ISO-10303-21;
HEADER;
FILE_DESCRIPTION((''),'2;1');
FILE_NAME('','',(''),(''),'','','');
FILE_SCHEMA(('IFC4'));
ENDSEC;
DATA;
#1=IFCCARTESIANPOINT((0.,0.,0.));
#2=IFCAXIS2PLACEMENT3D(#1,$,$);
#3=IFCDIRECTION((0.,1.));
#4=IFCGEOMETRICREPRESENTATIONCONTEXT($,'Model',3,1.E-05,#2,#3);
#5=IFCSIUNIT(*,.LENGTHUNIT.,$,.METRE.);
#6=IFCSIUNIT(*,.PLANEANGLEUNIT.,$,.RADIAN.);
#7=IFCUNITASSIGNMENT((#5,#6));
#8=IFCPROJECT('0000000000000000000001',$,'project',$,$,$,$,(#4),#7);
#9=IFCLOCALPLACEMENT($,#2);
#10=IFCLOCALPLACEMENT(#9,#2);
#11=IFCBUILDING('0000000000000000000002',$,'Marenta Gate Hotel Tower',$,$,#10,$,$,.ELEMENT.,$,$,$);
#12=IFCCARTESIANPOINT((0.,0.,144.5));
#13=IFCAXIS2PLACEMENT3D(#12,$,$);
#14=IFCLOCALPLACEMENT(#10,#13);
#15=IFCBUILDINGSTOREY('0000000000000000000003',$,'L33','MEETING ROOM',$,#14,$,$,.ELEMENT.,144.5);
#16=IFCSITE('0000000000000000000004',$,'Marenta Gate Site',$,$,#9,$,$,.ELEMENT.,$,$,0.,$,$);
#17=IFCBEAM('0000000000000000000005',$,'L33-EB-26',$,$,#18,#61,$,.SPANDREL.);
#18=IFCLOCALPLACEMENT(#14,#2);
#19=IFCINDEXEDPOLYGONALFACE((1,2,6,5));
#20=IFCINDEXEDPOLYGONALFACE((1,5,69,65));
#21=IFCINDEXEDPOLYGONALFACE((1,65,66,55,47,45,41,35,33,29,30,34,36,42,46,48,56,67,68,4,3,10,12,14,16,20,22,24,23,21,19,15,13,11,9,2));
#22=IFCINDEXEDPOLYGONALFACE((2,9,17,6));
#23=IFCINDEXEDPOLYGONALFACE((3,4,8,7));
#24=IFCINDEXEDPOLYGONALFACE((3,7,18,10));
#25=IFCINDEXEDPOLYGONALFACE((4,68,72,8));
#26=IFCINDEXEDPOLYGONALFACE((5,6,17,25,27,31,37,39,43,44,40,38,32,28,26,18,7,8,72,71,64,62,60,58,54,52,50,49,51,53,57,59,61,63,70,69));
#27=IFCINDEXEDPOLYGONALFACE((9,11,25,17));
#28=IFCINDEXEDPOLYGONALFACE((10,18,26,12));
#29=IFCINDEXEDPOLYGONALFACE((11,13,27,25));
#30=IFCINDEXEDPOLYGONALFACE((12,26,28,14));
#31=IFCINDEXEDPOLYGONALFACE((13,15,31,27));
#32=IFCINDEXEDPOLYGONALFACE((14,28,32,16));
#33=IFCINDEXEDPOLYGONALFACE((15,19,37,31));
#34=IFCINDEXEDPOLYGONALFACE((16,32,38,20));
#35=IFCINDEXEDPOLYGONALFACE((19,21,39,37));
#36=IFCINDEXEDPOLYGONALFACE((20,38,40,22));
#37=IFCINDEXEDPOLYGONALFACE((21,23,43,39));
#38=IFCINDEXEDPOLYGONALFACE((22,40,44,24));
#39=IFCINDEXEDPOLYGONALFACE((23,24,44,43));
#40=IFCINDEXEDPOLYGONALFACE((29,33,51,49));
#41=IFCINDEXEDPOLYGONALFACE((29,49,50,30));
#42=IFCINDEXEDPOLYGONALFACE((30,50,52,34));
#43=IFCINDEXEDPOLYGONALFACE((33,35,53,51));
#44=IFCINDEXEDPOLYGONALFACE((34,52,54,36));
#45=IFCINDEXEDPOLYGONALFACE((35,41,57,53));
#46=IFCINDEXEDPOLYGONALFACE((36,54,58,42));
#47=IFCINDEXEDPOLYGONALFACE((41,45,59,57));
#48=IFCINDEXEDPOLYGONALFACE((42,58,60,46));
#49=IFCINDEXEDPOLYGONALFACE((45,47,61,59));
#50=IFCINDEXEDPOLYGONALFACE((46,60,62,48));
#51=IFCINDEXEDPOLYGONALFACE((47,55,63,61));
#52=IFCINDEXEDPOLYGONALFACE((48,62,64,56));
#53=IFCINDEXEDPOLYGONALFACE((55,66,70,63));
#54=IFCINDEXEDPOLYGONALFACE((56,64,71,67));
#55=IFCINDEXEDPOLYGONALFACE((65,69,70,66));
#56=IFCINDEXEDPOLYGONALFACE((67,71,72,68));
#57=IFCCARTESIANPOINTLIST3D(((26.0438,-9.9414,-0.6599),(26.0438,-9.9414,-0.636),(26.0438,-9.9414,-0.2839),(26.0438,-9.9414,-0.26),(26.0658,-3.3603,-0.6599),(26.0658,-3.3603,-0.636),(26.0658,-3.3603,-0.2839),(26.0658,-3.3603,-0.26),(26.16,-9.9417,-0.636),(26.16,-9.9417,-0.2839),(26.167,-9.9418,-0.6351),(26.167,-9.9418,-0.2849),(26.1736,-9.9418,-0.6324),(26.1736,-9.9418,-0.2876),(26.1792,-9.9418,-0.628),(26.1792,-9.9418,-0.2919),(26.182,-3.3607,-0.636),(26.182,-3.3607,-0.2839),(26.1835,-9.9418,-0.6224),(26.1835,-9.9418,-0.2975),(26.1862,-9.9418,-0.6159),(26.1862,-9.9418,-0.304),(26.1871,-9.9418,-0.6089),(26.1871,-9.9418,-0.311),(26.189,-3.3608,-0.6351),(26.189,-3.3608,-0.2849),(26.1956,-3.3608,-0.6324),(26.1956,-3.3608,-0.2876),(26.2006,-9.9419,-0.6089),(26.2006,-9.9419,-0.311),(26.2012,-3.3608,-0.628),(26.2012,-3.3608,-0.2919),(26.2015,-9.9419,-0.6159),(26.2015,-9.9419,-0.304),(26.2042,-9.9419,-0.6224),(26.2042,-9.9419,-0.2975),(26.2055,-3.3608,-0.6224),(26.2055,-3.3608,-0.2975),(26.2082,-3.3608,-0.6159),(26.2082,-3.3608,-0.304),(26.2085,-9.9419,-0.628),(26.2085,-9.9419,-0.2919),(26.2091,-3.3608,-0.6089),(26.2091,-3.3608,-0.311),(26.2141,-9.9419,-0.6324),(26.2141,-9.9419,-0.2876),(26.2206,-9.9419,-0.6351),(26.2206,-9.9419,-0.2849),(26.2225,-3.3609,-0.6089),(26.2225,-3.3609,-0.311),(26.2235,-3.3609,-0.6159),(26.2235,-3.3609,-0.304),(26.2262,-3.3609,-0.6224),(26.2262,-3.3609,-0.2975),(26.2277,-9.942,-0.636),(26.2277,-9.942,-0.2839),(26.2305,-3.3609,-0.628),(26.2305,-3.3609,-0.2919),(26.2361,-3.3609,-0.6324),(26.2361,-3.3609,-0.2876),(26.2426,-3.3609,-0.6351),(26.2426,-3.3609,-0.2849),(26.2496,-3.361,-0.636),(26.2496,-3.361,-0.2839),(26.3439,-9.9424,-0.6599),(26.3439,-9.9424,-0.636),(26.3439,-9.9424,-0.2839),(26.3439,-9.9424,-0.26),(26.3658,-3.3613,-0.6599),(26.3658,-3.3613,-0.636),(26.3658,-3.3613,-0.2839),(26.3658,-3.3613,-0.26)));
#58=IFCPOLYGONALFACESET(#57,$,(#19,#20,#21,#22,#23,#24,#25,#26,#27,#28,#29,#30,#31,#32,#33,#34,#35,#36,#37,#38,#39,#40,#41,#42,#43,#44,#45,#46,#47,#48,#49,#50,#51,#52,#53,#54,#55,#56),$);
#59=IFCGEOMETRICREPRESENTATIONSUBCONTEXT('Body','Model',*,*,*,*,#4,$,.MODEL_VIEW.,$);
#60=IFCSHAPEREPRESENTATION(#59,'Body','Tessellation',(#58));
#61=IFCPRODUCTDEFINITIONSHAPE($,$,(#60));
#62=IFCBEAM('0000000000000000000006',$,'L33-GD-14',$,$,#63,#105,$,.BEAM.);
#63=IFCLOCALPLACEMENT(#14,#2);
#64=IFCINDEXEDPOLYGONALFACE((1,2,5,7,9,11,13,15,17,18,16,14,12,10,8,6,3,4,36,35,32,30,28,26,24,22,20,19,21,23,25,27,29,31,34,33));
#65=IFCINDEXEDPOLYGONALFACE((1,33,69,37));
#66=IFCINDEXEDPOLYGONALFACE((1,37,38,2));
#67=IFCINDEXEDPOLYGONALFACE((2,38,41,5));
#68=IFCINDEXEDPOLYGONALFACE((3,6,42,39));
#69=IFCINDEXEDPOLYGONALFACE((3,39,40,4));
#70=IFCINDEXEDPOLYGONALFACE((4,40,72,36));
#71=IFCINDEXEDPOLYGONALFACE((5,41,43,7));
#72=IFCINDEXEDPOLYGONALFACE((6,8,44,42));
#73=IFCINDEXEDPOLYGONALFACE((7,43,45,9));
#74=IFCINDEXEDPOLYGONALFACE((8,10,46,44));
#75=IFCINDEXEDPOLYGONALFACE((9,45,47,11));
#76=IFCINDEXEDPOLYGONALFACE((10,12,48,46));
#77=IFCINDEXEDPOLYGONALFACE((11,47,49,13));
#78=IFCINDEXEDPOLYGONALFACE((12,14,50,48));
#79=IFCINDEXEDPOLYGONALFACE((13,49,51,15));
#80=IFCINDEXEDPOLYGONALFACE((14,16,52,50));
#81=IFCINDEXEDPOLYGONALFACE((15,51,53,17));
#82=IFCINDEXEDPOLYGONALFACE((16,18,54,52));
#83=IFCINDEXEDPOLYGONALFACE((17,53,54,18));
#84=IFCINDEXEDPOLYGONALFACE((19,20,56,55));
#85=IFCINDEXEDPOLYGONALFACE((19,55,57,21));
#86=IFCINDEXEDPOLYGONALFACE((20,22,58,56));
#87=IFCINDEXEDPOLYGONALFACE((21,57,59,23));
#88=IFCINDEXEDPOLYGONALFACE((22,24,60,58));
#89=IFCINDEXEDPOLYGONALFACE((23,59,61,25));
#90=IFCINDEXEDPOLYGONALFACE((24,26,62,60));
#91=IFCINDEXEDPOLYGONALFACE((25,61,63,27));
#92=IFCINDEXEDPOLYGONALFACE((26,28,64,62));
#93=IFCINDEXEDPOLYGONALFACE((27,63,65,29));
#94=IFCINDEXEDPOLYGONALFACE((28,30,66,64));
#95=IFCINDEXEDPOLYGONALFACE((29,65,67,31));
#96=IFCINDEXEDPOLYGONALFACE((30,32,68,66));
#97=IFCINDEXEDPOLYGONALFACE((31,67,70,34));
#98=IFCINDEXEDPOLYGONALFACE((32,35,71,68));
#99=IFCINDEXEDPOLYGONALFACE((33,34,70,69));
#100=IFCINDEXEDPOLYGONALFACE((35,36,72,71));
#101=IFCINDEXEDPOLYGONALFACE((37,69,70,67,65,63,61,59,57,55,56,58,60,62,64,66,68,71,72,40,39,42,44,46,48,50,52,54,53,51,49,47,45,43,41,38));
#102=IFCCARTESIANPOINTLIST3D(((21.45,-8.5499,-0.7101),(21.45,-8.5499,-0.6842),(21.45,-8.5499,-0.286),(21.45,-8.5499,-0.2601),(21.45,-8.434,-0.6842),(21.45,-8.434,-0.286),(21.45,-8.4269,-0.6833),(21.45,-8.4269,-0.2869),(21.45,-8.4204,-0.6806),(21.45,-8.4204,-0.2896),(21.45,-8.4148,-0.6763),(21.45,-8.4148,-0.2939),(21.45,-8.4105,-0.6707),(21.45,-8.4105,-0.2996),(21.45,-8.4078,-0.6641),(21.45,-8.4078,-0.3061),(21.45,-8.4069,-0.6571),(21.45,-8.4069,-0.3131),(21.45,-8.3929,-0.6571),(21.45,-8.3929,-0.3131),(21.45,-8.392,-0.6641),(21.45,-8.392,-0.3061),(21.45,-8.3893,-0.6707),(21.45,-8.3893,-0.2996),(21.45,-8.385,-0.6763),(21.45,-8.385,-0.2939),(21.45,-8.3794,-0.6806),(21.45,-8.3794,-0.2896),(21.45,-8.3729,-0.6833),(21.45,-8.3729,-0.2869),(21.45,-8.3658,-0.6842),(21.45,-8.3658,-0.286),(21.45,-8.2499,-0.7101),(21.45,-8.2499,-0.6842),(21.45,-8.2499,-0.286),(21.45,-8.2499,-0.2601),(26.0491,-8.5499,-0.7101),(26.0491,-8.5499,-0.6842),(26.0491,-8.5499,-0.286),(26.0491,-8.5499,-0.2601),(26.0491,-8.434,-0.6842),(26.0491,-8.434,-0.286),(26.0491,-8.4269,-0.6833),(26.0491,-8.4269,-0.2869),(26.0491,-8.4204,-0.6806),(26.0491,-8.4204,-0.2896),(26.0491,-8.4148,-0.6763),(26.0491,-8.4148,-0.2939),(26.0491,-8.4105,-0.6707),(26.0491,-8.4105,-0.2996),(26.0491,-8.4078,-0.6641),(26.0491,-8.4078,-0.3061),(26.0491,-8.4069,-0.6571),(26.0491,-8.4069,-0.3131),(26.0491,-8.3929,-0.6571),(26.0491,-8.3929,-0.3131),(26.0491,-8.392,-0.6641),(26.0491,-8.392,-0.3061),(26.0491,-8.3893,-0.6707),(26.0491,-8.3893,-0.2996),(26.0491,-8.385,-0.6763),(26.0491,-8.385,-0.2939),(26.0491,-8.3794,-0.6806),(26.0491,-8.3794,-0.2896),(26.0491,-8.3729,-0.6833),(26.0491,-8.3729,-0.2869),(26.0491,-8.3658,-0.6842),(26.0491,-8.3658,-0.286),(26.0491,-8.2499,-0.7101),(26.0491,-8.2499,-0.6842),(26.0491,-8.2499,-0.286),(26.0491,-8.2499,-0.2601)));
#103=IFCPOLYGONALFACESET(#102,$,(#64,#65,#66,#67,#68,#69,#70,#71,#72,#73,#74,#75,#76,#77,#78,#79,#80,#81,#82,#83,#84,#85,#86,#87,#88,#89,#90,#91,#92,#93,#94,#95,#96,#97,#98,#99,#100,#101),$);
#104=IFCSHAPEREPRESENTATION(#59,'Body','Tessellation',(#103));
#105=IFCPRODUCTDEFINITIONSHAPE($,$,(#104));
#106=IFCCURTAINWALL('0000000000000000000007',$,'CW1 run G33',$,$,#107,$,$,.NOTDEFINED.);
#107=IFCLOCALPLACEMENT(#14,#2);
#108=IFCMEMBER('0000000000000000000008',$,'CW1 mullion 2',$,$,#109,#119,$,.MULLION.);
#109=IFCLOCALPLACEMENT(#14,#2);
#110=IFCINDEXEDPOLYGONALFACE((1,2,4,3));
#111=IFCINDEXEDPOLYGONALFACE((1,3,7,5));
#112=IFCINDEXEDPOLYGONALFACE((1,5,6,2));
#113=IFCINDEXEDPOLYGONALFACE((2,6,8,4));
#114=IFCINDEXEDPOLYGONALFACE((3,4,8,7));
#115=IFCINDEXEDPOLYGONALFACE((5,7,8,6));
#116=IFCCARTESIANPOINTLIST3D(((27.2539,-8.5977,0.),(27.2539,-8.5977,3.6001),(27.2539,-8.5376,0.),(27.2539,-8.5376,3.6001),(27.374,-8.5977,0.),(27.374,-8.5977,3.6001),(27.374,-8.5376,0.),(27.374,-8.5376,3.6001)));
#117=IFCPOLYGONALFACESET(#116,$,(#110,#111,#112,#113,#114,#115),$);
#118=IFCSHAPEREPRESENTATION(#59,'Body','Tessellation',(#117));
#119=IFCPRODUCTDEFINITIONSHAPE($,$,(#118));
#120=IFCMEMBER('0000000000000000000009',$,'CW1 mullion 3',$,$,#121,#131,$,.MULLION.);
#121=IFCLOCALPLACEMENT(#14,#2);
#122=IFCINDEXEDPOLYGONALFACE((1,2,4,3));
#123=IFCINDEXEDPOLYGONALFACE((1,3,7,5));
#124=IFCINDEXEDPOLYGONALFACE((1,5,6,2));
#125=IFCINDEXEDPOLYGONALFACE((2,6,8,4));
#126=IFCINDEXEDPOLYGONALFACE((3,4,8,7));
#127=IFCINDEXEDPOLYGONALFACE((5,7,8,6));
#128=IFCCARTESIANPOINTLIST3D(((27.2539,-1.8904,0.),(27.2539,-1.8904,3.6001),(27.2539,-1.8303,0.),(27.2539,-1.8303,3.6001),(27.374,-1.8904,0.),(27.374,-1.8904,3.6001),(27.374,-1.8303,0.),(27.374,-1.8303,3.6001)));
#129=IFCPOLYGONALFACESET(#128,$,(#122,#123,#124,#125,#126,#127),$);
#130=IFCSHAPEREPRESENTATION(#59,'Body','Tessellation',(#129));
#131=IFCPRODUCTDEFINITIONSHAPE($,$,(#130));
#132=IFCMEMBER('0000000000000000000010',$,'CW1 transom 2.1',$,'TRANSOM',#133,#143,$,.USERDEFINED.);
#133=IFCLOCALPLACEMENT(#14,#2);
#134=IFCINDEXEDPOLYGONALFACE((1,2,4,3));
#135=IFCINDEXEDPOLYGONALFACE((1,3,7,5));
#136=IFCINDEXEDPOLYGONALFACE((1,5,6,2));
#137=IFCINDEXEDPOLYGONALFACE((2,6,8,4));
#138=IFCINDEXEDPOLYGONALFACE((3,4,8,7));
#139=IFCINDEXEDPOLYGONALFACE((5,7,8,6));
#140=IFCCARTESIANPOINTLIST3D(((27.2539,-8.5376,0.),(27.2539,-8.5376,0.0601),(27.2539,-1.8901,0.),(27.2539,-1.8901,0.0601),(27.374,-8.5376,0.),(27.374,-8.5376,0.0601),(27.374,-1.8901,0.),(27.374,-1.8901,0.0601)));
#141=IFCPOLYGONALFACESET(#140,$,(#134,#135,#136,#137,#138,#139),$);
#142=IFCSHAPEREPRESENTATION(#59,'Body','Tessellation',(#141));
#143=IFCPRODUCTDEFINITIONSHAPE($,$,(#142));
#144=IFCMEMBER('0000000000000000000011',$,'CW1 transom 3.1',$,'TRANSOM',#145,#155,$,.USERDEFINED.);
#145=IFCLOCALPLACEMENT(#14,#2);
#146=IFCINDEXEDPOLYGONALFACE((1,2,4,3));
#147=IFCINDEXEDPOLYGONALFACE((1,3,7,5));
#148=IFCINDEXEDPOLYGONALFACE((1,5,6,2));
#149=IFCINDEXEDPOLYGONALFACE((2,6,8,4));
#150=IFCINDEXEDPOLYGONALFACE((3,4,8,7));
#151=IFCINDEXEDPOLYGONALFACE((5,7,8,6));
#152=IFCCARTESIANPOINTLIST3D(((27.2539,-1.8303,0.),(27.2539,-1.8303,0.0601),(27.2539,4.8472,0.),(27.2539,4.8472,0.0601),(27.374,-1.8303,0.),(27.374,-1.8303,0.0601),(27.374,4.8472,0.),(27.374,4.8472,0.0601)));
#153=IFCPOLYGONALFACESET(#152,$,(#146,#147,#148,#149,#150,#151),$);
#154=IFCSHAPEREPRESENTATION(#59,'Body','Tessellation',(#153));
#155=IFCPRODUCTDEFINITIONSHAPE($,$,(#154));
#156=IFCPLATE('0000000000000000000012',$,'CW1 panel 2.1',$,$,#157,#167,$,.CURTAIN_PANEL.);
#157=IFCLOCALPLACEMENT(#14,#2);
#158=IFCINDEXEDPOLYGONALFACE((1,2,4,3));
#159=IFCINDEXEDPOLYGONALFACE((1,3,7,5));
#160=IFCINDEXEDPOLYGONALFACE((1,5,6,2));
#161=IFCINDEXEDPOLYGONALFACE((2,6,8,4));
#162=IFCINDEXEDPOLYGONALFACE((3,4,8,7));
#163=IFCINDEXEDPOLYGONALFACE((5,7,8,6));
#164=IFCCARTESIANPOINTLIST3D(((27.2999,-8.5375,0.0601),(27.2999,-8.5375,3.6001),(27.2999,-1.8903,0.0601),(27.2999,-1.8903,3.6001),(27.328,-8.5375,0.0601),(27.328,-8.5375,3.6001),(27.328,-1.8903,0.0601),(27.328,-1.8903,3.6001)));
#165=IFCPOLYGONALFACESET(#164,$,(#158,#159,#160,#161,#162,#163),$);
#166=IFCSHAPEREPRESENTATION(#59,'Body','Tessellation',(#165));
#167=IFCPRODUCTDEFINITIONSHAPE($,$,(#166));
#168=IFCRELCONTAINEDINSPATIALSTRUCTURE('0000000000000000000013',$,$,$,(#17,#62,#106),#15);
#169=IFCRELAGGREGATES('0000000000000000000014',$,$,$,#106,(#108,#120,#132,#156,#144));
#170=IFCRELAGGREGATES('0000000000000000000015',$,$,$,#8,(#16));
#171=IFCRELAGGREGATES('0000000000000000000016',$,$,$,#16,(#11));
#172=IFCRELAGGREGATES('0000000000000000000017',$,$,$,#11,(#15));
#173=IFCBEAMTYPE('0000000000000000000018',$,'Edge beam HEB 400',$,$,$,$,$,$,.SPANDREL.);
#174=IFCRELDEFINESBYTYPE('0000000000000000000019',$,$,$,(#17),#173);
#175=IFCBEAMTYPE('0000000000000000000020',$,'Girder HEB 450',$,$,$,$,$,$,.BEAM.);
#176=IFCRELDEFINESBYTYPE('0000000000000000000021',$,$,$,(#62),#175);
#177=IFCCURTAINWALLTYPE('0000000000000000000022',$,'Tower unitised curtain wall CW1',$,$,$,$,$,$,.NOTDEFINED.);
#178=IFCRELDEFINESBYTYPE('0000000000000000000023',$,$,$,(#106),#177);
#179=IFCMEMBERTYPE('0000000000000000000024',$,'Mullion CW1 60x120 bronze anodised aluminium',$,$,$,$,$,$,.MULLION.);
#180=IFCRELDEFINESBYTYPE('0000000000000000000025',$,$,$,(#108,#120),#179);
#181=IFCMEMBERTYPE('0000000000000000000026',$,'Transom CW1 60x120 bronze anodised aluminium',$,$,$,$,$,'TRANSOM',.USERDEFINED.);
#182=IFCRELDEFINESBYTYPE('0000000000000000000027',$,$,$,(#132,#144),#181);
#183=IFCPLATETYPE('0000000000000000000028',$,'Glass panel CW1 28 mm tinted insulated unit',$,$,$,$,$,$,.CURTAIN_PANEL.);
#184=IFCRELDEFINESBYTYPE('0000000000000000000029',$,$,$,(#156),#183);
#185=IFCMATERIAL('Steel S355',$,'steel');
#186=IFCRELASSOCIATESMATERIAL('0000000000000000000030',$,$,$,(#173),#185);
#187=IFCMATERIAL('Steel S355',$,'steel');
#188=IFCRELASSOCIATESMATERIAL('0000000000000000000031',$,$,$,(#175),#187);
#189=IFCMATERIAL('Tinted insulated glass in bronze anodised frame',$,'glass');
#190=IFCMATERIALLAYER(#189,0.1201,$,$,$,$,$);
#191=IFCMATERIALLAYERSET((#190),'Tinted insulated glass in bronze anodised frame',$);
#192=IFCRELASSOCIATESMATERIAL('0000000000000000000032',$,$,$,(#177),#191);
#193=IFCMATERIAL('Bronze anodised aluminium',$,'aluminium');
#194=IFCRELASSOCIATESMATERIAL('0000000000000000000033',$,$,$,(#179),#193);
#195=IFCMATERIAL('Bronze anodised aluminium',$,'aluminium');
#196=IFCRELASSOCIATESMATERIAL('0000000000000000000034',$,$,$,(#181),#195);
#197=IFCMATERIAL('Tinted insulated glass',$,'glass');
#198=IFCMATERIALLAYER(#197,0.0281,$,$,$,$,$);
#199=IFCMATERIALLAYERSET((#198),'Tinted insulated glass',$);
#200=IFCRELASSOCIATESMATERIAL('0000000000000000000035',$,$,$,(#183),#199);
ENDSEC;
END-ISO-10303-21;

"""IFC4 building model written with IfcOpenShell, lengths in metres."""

from ifc_helpers import new_model, si_unit, direction, frame, origin, origin_2d, place, context, subcontext, project, spatial, rectangle, i_section, extrude, material, layer, layer_set, material_profile, profile_set, type_object, element, aggregate, save


model = new_model("IFC4")

# Units and contexts
model_context = context("Model", 3, precision=1e-05, world=origin(), true_north=direction((0.0, 1.0)))
body_context = subcontext(model_context, "Body", "Model", "MODEL_VIEW")
ifc_project = project(units=[si_unit("LENGTHUNIT", "METRE"), si_unit("PLANEANGLEUNIT", "RADIAN")], contexts=[model_context])

# Site, building, storey
site_placement = place(None, origin())
site = spatial("IfcSite", under=ifc_project, at=site_placement, Name="Marenta Gate Site", CompositionType="ELEMENT", RefElevation=0.0)
building_placement = place(site_placement, origin())
building = spatial("IfcBuilding", under=site, at=building_placement, Name="Marenta Gate Hotel Tower", CompositionType="ELEMENT")
storey_placement = place(building_placement, frame((0.0, 0.0, 144.5)))
storey = spatial("IfcBuildingStorey", under=building, at=storey_placement, Name="L33", Description="MEETING ROOM", CompositionType="ELEMENT", Elevation=144.5)

# Beams
ifc_material_1 = material(Name="Steel S355", Category="steel")
ifc_material_profile_1 = material_profile(ifc_material_1, i_section(OverallWidth=0.3, OverallDepth=0.3999, WebThickness=0.0134, FlangeThickness=0.0239, FilletRadius=0.0271, at=origin_2d()), Name="HEB 400")
ifc_profile_set_1 = profile_set([ifc_material_profile_1], Name="Steel S355")
beam_type_1 = type_object("IfcBeamType", Name="Edge beam HEB 400", PredefinedType="SPANDREL", material=ifc_profile_set_1)
beam_1_placement = place(storey_placement, frame((26.2158, -3.3608, -0.46), z_axis=(-0.003339, -0.999994, 0.0), x_axis=(0.999994, -0.003339, 0.0)))
element("IfcBeam", 1, at=beam_1_placement, inside=storey, type_object=beam_type_1, Name="L33-EB-26", PredefinedType="SPANDREL", context=body_context, shape_type="SweptSolid", body=[
    extrude(i_section(OverallWidth=0.3, OverallDepth=0.3999, WebThickness=0.0134, FlangeThickness=0.0239, FilletRadius=0.0271, at=origin_2d()), origin(), (0.0, 0.0, 1.0), 6.5811),
])
ifc_material_2 = material(Name="Steel S355", Category="steel")
ifc_material_profile_2 = material_profile(ifc_material_2, i_section(OverallWidth=0.3, OverallDepth=0.45, WebThickness=0.0139, FlangeThickness=0.0259, FilletRadius=0.0271, at=origin_2d()), Name="HEB 450")
ifc_profile_set_2 = profile_set([ifc_material_profile_2], Name="Steel S355")
beam_type_2 = type_object("IfcBeamType", Name="Girder HEB 450", PredefinedType="BEAM", material=ifc_profile_set_2)
beam_2_placement = place(storey_placement, frame((21.45, -8.3999, -0.4851), z_axis=(1.0, 0.0, 0.0), x_axis=(0.0, 1.0, 0.0)))
element("IfcBeam", 2, at=beam_2_placement, inside=storey, type_object=beam_type_2, Name="L33-GD-14", PredefinedType="BEAM", context=body_context, shape_type="SweptSolid", body=[
    extrude(i_section(OverallWidth=0.3, OverallDepth=0.45, WebThickness=0.0139, FlangeThickness=0.0259, FilletRadius=0.0271, at=origin_2d()), origin(), (0.0, 0.0, 1.0), 4.5991),
])

# Curtain wall, members, plate
ifc_material_3 = material(Name="Tinted insulated glass in bronze anodised frame", Category="glass")
ifc_layer_1 = layer(ifc_material_3, 0.1201)
ifc_layer_set_1 = layer_set([ifc_layer_1], Name="Tinted insulated glass in bronze anodised frame")
curtain_wall_type = type_object("IfcCurtainWallType", Name="Tower unitised curtain wall CW1", PredefinedType="NOTDEFINED", material=ifc_layer_set_1)
curtain_wall_placement = place(storey_placement, origin())
curtain_wall = element("IfcCurtainWall", 3, at=curtain_wall_placement, inside=storey, type_object=curtain_wall_type, Name="CW1 run G33", PredefinedType="NOTDEFINED")
ifc_material_4 = material(Name="Bronze anodised aluminium", Category="aluminium")
ifc_material_profile_3 = material_profile(ifc_material_4, rectangle(XDim=0.1201, YDim=0.0601, at=origin_2d()), Name="Mullion CW1 60x120 bronze anodised aluminium")
ifc_profile_set_3 = profile_set([ifc_material_profile_3], Name="Bronze anodised aluminium")
member_type_1 = type_object("IfcMemberType", Name="Mullion CW1 60x120 bronze anodised aluminium", PredefinedType="MULLION", material=ifc_profile_set_3)
member_1_placement = place(storey_placement, frame((27.314, -8.5676, 0.0), z_axis=(0.0, 0.0, 1.0), x_axis=(-1.0, 0.0, 0.0)))
member_1 = element("IfcMember", 4, at=member_1_placement, type_object=member_type_1, Name="CW1 mullion 2", PredefinedType="MULLION", context=body_context, shape_type="SweptSolid", body=[
    extrude(rectangle(XDim=0.1201, YDim=0.0601, at=origin_2d()), origin(), (0.0, 0.0, 1.0), 3.6001),
])
member_2_placement = place(storey_placement, frame((27.314, -1.8604, 0.0), z_axis=(0.0, 0.0, 1.0), x_axis=(-1.0, 0.0, 0.0)))
member_2 = element("IfcMember", 5, at=member_2_placement, type_object=member_type_1, Name="CW1 mullion 3", PredefinedType="MULLION", context=body_context, shape_type="SweptSolid", body=[
    extrude(rectangle(XDim=0.1201, YDim=0.0601, at=origin_2d()), origin(), (0.0, 0.0, 1.0), 3.6001),
])
ifc_material_5 = material(Name="Bronze anodised aluminium", Category="aluminium")
ifc_material_profile_4 = material_profile(ifc_material_5, rectangle(XDim=0.1201, YDim=0.0601, at=origin_2d()), Name="Transom CW1 60x120 bronze anodised aluminium")
ifc_profile_set_4 = profile_set([ifc_material_profile_4], Name="Bronze anodised aluminium")
member_type_2 = type_object("IfcMemberType", Name="Transom CW1 60x120 bronze anodised aluminium", ElementType="TRANSOM", PredefinedType="USERDEFINED", material=ifc_profile_set_4)
member_3_placement = place(storey_placement, frame((27.314, -8.5376, 0.03), z_axis=(0.0, 1.0, 0.0), x_axis=(-1.0, 0.0, 0.0)))
member_3 = element("IfcMember", 6, at=member_3_placement, type_object=member_type_2, Name="CW1 transom 2.1", ObjectType="TRANSOM", PredefinedType="USERDEFINED", context=body_context, shape_type="SweptSolid", body=[
    extrude(rectangle(XDim=0.1201, YDim=0.0601, at=origin_2d()), origin(), (0.0, 0.0, 1.0), 6.6475),
])
member_4_placement = place(storey_placement, frame((27.314, -1.8303, 0.03), z_axis=(0.0, 1.0, 0.0), x_axis=(-1.0, 0.0, 0.0)))
member_4 = element("IfcMember", 7, at=member_4_placement, type_object=member_type_2, Name="CW1 transom 3.1", ObjectType="TRANSOM", PredefinedType="USERDEFINED", context=body_context, shape_type="SweptSolid", body=[
    extrude(rectangle(XDim=0.1201, YDim=0.0601, at=origin_2d()), origin(), (0.0, 0.0, 1.0), 6.6775),
])
ifc_material_6 = material(Name="Tinted insulated glass", Category="glass")
ifc_layer_2 = layer(ifc_material_6, 0.0281)
ifc_layer_set_2 = layer_set([ifc_layer_2], Name="Tinted insulated glass")
plate_type = type_object("IfcPlateType", Name="Glass panel CW1 28 mm tinted insulated unit", PredefinedType="CURTAIN_PANEL", material=ifc_layer_set_2)
plate_placement = place(storey_placement, frame((27.314, -5.2139, 0.0601), z_axis=(0.0, 0.0, 1.0), x_axis=(0.0, 1.0, 0.0)))
plate = element("IfcPlate", 8, at=plate_placement, type_object=plate_type, Name="CW1 panel 2.1", PredefinedType="CURTAIN_PANEL", context=body_context, shape_type="SweptSolid", body=[
    extrude(rectangle(XDim=6.6472, YDim=0.0281, at=origin_2d()), origin(), (0.0, 0.0, 1.0), 3.54),
])
aggregate(curtain_wall, [member_1, member_2, member_3, plate, member_4])

save(model, "model.ifc")
